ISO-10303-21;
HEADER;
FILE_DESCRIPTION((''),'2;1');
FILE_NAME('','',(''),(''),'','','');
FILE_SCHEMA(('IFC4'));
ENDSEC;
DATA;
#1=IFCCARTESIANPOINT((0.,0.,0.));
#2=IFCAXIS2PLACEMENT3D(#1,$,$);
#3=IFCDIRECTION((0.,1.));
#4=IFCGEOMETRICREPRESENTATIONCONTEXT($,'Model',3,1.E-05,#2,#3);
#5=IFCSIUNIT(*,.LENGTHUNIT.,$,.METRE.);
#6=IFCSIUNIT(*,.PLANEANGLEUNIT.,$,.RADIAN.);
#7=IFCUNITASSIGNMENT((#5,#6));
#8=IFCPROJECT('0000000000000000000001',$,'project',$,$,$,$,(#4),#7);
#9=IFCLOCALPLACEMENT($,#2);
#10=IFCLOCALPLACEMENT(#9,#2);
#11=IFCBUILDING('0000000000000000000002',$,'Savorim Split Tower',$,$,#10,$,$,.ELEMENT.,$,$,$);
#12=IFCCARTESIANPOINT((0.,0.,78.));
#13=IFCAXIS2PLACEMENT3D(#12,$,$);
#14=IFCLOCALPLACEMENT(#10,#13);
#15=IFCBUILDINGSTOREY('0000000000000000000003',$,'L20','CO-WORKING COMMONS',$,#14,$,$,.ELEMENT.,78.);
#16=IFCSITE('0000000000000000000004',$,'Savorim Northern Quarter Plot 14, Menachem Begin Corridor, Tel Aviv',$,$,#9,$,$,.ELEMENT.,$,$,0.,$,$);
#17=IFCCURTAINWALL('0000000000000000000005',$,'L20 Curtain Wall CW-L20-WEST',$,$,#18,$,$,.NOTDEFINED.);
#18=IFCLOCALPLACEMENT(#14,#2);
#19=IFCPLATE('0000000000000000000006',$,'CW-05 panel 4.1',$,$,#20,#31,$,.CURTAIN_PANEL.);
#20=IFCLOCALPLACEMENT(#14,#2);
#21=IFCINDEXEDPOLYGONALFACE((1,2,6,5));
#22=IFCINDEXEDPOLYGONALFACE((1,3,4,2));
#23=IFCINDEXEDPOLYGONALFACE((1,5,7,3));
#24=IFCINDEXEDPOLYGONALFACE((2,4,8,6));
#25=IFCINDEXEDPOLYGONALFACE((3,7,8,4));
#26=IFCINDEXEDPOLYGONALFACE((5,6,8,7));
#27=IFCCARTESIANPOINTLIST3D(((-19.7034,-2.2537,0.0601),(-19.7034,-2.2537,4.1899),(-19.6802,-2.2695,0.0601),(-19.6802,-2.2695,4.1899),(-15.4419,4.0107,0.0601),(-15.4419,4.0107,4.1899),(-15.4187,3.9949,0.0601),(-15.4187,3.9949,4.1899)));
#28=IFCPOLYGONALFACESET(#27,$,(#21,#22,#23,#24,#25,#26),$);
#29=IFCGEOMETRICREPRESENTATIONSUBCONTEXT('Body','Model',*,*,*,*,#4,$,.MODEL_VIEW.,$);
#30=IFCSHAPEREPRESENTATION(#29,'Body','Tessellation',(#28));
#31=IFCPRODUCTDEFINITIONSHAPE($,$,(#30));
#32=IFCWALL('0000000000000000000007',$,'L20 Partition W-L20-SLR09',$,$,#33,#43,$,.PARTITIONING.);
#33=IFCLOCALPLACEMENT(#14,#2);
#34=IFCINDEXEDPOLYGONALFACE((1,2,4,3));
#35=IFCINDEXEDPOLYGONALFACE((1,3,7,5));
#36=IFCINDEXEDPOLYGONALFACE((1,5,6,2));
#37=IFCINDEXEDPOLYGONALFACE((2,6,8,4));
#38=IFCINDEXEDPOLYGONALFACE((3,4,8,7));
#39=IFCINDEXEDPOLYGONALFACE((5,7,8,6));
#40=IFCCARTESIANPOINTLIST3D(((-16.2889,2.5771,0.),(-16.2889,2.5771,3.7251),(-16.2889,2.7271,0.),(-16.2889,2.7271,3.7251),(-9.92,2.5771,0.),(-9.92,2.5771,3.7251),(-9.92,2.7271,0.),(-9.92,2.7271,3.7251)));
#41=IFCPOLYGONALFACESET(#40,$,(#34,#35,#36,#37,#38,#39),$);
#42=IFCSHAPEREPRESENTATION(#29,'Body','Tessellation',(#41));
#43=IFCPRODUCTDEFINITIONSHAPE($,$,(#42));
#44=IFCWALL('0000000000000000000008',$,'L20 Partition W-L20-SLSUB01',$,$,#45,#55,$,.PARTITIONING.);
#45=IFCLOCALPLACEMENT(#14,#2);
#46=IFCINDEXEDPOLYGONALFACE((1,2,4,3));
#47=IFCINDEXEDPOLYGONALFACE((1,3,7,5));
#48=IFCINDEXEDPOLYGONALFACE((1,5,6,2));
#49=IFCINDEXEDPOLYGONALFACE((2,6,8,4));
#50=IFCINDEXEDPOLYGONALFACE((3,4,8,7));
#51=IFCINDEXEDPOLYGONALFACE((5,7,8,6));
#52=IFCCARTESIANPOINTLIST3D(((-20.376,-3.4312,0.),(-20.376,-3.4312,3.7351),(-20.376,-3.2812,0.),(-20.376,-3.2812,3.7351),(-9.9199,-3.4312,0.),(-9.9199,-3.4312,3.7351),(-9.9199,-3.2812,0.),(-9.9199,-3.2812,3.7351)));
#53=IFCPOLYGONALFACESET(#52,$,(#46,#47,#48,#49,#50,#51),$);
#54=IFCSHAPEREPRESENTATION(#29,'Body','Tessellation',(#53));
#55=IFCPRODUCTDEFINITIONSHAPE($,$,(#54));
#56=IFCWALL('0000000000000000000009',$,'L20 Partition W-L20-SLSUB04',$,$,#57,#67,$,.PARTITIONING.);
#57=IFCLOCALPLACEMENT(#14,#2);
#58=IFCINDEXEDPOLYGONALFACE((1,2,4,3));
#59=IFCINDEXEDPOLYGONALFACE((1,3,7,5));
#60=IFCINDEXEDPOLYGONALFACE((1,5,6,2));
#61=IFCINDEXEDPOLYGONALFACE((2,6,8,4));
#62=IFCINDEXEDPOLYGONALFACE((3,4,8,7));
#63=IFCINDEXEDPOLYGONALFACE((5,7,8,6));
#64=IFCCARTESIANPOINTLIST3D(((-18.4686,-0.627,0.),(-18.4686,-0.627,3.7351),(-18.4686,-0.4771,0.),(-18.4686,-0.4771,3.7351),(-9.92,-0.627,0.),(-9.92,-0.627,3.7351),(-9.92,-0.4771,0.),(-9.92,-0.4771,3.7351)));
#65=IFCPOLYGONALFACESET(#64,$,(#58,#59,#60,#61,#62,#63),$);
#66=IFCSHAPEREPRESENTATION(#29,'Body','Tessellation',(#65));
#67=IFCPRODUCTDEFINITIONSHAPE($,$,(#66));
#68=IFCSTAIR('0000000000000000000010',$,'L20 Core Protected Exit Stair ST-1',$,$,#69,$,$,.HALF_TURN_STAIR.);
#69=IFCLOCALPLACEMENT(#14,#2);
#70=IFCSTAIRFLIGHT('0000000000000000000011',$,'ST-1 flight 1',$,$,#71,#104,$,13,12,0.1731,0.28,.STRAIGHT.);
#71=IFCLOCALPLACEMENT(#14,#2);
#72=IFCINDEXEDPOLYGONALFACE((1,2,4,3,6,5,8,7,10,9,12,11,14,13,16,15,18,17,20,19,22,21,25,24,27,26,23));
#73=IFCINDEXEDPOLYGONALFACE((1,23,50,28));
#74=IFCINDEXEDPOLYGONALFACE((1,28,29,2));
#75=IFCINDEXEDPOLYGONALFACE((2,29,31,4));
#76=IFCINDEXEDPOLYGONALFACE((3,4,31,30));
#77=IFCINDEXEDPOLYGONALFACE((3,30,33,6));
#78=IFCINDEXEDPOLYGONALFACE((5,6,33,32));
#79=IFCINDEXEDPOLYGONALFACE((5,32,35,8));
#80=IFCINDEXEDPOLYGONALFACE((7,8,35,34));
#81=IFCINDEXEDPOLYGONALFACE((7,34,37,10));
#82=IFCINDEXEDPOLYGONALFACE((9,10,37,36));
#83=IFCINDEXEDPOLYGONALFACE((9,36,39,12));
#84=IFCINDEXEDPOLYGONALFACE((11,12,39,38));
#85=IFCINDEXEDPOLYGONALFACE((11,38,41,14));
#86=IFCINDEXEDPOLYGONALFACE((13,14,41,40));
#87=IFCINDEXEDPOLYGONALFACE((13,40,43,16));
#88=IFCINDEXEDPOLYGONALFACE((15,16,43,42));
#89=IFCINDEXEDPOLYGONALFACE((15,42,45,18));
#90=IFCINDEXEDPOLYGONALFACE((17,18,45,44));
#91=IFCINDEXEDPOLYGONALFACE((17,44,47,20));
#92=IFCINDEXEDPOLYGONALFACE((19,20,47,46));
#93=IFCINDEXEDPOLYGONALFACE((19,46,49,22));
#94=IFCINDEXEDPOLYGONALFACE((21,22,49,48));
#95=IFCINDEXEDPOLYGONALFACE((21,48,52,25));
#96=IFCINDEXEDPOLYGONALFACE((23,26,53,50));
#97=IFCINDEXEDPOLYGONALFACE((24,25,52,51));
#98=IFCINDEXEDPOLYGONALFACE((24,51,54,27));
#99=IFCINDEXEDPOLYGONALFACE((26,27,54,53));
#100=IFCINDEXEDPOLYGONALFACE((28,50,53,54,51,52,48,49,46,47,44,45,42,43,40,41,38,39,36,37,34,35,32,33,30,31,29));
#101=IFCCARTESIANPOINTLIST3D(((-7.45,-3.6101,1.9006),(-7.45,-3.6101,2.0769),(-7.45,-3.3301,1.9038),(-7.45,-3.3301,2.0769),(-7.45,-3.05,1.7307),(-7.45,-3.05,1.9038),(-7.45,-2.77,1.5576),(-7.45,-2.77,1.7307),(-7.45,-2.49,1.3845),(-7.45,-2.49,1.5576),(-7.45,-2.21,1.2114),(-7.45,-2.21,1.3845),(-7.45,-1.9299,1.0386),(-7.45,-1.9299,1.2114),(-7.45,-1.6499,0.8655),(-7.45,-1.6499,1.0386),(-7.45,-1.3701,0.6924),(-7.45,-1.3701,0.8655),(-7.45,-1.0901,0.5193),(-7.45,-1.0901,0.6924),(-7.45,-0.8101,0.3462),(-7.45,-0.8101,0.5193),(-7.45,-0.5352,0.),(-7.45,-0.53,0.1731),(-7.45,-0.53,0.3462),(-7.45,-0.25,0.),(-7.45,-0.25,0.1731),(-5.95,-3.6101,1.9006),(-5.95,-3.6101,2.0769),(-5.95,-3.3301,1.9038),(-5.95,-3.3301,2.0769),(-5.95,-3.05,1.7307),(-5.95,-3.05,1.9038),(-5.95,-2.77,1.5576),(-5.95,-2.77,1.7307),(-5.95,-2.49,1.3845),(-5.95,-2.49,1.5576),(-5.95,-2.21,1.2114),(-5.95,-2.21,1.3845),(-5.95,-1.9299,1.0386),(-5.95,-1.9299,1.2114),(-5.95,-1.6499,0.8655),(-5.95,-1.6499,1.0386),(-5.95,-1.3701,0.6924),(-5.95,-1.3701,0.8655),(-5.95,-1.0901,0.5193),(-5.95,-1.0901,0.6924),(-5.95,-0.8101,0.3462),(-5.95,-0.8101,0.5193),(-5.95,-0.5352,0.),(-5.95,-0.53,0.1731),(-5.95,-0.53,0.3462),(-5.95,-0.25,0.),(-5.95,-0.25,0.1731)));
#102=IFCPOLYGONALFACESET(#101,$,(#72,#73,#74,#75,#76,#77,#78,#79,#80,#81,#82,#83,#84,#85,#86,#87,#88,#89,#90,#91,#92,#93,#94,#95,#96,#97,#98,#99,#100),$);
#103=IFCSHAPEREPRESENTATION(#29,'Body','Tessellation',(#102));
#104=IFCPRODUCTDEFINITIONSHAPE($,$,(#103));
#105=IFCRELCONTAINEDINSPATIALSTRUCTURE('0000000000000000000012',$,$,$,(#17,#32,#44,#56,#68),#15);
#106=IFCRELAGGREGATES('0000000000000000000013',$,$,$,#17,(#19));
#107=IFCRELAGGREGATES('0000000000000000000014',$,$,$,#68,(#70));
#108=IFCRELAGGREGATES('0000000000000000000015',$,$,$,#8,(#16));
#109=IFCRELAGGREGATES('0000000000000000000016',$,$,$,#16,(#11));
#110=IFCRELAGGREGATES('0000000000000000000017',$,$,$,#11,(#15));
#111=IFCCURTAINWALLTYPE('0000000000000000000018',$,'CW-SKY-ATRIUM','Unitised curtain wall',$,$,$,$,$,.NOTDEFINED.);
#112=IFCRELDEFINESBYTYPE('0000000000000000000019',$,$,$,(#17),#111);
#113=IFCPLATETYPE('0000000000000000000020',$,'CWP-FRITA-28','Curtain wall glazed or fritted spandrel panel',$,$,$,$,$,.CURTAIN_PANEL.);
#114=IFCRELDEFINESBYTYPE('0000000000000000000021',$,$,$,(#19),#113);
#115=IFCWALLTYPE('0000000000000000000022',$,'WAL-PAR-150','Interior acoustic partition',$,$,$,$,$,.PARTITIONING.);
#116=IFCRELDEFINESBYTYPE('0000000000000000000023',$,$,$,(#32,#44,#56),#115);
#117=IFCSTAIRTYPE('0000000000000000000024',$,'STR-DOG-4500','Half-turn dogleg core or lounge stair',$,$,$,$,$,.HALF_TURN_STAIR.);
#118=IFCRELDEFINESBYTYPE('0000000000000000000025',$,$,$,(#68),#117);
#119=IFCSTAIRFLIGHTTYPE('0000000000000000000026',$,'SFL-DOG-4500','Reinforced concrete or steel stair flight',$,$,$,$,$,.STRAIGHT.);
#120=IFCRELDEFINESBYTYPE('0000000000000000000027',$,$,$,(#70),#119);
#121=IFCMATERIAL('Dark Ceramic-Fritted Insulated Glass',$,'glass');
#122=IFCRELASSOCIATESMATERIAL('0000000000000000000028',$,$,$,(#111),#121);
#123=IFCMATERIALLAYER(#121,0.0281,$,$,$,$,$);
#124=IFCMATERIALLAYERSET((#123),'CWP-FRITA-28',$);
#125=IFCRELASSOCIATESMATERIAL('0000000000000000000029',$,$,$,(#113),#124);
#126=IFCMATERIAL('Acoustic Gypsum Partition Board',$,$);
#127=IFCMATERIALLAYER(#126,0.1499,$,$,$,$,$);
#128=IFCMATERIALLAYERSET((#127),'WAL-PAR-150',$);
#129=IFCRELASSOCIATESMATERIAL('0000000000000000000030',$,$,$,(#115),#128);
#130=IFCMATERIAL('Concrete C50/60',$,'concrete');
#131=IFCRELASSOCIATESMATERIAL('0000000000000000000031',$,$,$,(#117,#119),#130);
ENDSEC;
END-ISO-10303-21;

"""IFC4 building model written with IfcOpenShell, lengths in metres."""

from ifc_helpers import new_model, si_unit, direction, frame, frame_2d, origin, origin_2d, place, context, subcontext, project, spatial, polyline, rectangle, outline, extrude, material, layer, layer_set, type_object, element, aggregate, save


model = new_model("IFC4")

# Units and contexts
model_context = context("Model", 3, precision=1e-05, world=origin(), true_north=direction((0.0, 1.0)))
body_context = subcontext(model_context, "Body", "Model", "MODEL_VIEW")
ifc_project = project(units=[si_unit("LENGTHUNIT", "METRE"), si_unit("PLANEANGLEUNIT", "RADIAN")], contexts=[model_context])

# Site, building, storey
site_placement = place(None, origin())
site = spatial("IfcSite", under=ifc_project, at=site_placement, Name="Savorim Northern Quarter Plot 14, Menachem Begin Corridor, Tel Aviv", CompositionType="ELEMENT", RefElevation=0.0)
building_placement = place(site_placement, origin())
building = spatial("IfcBuilding", under=site, at=building_placement, Name="Savorim Split Tower", CompositionType="ELEMENT")
storey_placement = place(building_placement, frame((0.0, 0.0, 78.0)))
storey = spatial("IfcBuildingStorey", under=building, at=storey_placement, Name="L20", Description="CO-WORKING COMMONS", CompositionType="ELEMENT", Elevation=78.0)

# Curtain wall, plate
ifc_material_1 = material(Name="Dark Ceramic-Fritted Insulated Glass", Category="glass")
curtain_wall_type = type_object("IfcCurtainWallType", Name="CW-SKY-ATRIUM", Description="Unitised curtain wall", PredefinedType="NOTDEFINED", material=ifc_material_1)
curtain_wall_placement = place(storey_placement, origin())
curtain_wall = element("IfcCurtainWall", 1, at=curtain_wall_placement, inside=storey, type_object=curtain_wall_type, Name="L20 Curtain Wall CW-L20-WEST", PredefinedType="NOTDEFINED")
ifc_layer_1 = layer(ifc_material_1, 0.0281)
ifc_layer_set_1 = layer_set([ifc_layer_1], Name="CWP-FRITA-28")
plate_type = type_object("IfcPlateType", Name="CWP-FRITA-28", Description="Curtain wall glazed or fritted spandrel panel", PredefinedType="CURTAIN_PANEL", material=ifc_layer_set_1)
plate_placement = place(storey_placement, frame((-17.561, 0.8706, 0.0601), z_axis=(0.0, 0.0, 1.0), x_axis=(-0.562467, -0.82682, 0.0)))
plate = element("IfcPlate", 2, at=plate_placement, type_object=plate_type, Name="CW-05 panel 4.1", PredefinedType="CURTAIN_PANEL", context=body_context, shape_type="SweptSolid", body=[
    extrude(rectangle(XDim=7.5764, YDim=0.0281, at=origin_2d()), origin(), (0.0, 0.0, 1.0), 4.1299),
])
aggregate(curtain_wall, [plate])

# Shared definitions
ifc_material_2 = material(Name="Concrete C50/60", Category="concrete")

# Walls
ifc_material_3 = material(Name="Acoustic Gypsum Partition Board")
ifc_layer_2 = layer(ifc_material_3, 0.1499)
ifc_layer_set_2 = layer_set([ifc_layer_2], Name="WAL-PAR-150")
wall_type_1 = type_object("IfcWallType", Name="WAL-PAR-150", Description="Interior acoustic partition", PredefinedType="PARTITIONING", material=ifc_layer_set_2)
wall_1_placement = place(storey_placement, frame((-9.9199, 2.6521, 0.0), z_axis=(0.0, 0.0, 1.0), x_axis=(-1.0, 0.0, 0.0)))
element("IfcWall", 3, at=wall_1_placement, inside=storey, type_object=wall_type_1, Name="L20 Partition W-L20-SLR09", PredefinedType="PARTITIONING", context=body_context, shape_type="SweptSolid", body=[
    extrude(rectangle(XDim=6.3689, YDim=0.1499, at=frame_2d((3.1846, 0.0))), origin(), (0.0, 0.0, 1.0), 3.7251),
])
wall_2_placement = place(storey_placement, frame((-9.9199, -3.3562, 0.0), z_axis=(0.0, 0.0, 1.0), x_axis=(-1.0, 0.0, 0.0)))
element("IfcWall", 4, at=wall_2_placement, inside=storey, type_object=wall_type_1, Name="L20 Partition W-L20-SLSUB01", PredefinedType="PARTITIONING", context=body_context, shape_type="SweptSolid", body=[
    extrude(rectangle(XDim=10.4561, YDim=0.1499, at=frame_2d((5.228, 0.0))), origin(), (0.0, 0.0, 1.0), 3.7351),
])
wall_3_placement = place(storey_placement, frame((-9.9199, -0.552, 0.0), z_axis=(0.0, 0.0, 1.0), x_axis=(-1.0, 0.0, 0.0)))
element("IfcWall", 5, at=wall_3_placement, inside=storey, type_object=wall_type_1, Name="L20 Partition W-L20-SLSUB04", PredefinedType="PARTITIONING", context=body_context, shape_type="SweptSolid", body=[
    extrude(rectangle(XDim=8.5486, YDim=0.1499, at=frame_2d((4.2744, 0.0))), origin(), (0.0, 0.0, 1.0), 3.7351),
])

# Stair, stair flight
stair_type = type_object("IfcStairType", Name="STR-DOG-4500", Description="Half-turn dogleg core or lounge stair", PredefinedType="HALF_TURN_STAIR", material=ifc_material_2)
stair_placement = place(storey_placement, origin())
stair = element("IfcStair", 6, at=stair_placement, inside=storey, type_object=stair_type, Name="L20 Core Protected Exit Stair ST-1", PredefinedType="HALF_TURN_STAIR")
stair_flight_type = type_object("IfcStairFlightType", Name="SFL-DOG-4500", Description="Reinforced concrete or steel stair flight", PredefinedType="STRAIGHT", material=ifc_material_2)
stair_flight_placement = place(storey_placement, frame((-6.7, -0.25, 0.0), z_axis=(0.0, 0.0, 1.0), x_axis=(0.0, -1.0, 0.0)))
stair_flight = element("IfcStairFlight", 7, at=stair_flight_placement, type_object=stair_flight_type, Name="ST-1 flight 1", NumberOfRisers=13, NumberOfTreads=12, PredefinedType="STRAIGHT", RiserHeight=0.1731, TreadLength=0.28, context=body_context, shape_type="SweptSolid", body=[
    extrude(outline(polyline([(0.0, 0.0), (0.0, 0.1731), (0.28, 0.1731), (0.28, 0.3462), (0.5601, 0.3462), (0.5601, 0.5193), (0.8401, 0.5193), (0.8401, 0.6924), (1.1201, 0.6924), (1.1201, 0.8655), (1.3999, 0.8655), (1.3999, 1.0386), (1.6799, 1.0386), (1.6799, 1.2114), (1.96, 1.2114), (1.96, 1.3845), (2.24, 1.3845), (2.24, 1.5576), (2.52, 1.5576), (2.52, 1.7307), (2.8, 1.7307), (2.8, 1.9038), (3.0801, 1.9038), (3.0801, 2.0769), (3.3601, 2.0769), (3.3601, 2.25), (3.3601, 1.9006), (0.2852, 0.0), (0.0, 0.0)])), frame((0.0, 0.75, 0.0), z_axis=(0.0, -1.0, 0.0), x_axis=(1.0, 0.0, 0.0)), (0.0, 0.0, 1.0), 1.5),
])
aggregate(stair, [stair_flight])

save(model, "model.ifc")
